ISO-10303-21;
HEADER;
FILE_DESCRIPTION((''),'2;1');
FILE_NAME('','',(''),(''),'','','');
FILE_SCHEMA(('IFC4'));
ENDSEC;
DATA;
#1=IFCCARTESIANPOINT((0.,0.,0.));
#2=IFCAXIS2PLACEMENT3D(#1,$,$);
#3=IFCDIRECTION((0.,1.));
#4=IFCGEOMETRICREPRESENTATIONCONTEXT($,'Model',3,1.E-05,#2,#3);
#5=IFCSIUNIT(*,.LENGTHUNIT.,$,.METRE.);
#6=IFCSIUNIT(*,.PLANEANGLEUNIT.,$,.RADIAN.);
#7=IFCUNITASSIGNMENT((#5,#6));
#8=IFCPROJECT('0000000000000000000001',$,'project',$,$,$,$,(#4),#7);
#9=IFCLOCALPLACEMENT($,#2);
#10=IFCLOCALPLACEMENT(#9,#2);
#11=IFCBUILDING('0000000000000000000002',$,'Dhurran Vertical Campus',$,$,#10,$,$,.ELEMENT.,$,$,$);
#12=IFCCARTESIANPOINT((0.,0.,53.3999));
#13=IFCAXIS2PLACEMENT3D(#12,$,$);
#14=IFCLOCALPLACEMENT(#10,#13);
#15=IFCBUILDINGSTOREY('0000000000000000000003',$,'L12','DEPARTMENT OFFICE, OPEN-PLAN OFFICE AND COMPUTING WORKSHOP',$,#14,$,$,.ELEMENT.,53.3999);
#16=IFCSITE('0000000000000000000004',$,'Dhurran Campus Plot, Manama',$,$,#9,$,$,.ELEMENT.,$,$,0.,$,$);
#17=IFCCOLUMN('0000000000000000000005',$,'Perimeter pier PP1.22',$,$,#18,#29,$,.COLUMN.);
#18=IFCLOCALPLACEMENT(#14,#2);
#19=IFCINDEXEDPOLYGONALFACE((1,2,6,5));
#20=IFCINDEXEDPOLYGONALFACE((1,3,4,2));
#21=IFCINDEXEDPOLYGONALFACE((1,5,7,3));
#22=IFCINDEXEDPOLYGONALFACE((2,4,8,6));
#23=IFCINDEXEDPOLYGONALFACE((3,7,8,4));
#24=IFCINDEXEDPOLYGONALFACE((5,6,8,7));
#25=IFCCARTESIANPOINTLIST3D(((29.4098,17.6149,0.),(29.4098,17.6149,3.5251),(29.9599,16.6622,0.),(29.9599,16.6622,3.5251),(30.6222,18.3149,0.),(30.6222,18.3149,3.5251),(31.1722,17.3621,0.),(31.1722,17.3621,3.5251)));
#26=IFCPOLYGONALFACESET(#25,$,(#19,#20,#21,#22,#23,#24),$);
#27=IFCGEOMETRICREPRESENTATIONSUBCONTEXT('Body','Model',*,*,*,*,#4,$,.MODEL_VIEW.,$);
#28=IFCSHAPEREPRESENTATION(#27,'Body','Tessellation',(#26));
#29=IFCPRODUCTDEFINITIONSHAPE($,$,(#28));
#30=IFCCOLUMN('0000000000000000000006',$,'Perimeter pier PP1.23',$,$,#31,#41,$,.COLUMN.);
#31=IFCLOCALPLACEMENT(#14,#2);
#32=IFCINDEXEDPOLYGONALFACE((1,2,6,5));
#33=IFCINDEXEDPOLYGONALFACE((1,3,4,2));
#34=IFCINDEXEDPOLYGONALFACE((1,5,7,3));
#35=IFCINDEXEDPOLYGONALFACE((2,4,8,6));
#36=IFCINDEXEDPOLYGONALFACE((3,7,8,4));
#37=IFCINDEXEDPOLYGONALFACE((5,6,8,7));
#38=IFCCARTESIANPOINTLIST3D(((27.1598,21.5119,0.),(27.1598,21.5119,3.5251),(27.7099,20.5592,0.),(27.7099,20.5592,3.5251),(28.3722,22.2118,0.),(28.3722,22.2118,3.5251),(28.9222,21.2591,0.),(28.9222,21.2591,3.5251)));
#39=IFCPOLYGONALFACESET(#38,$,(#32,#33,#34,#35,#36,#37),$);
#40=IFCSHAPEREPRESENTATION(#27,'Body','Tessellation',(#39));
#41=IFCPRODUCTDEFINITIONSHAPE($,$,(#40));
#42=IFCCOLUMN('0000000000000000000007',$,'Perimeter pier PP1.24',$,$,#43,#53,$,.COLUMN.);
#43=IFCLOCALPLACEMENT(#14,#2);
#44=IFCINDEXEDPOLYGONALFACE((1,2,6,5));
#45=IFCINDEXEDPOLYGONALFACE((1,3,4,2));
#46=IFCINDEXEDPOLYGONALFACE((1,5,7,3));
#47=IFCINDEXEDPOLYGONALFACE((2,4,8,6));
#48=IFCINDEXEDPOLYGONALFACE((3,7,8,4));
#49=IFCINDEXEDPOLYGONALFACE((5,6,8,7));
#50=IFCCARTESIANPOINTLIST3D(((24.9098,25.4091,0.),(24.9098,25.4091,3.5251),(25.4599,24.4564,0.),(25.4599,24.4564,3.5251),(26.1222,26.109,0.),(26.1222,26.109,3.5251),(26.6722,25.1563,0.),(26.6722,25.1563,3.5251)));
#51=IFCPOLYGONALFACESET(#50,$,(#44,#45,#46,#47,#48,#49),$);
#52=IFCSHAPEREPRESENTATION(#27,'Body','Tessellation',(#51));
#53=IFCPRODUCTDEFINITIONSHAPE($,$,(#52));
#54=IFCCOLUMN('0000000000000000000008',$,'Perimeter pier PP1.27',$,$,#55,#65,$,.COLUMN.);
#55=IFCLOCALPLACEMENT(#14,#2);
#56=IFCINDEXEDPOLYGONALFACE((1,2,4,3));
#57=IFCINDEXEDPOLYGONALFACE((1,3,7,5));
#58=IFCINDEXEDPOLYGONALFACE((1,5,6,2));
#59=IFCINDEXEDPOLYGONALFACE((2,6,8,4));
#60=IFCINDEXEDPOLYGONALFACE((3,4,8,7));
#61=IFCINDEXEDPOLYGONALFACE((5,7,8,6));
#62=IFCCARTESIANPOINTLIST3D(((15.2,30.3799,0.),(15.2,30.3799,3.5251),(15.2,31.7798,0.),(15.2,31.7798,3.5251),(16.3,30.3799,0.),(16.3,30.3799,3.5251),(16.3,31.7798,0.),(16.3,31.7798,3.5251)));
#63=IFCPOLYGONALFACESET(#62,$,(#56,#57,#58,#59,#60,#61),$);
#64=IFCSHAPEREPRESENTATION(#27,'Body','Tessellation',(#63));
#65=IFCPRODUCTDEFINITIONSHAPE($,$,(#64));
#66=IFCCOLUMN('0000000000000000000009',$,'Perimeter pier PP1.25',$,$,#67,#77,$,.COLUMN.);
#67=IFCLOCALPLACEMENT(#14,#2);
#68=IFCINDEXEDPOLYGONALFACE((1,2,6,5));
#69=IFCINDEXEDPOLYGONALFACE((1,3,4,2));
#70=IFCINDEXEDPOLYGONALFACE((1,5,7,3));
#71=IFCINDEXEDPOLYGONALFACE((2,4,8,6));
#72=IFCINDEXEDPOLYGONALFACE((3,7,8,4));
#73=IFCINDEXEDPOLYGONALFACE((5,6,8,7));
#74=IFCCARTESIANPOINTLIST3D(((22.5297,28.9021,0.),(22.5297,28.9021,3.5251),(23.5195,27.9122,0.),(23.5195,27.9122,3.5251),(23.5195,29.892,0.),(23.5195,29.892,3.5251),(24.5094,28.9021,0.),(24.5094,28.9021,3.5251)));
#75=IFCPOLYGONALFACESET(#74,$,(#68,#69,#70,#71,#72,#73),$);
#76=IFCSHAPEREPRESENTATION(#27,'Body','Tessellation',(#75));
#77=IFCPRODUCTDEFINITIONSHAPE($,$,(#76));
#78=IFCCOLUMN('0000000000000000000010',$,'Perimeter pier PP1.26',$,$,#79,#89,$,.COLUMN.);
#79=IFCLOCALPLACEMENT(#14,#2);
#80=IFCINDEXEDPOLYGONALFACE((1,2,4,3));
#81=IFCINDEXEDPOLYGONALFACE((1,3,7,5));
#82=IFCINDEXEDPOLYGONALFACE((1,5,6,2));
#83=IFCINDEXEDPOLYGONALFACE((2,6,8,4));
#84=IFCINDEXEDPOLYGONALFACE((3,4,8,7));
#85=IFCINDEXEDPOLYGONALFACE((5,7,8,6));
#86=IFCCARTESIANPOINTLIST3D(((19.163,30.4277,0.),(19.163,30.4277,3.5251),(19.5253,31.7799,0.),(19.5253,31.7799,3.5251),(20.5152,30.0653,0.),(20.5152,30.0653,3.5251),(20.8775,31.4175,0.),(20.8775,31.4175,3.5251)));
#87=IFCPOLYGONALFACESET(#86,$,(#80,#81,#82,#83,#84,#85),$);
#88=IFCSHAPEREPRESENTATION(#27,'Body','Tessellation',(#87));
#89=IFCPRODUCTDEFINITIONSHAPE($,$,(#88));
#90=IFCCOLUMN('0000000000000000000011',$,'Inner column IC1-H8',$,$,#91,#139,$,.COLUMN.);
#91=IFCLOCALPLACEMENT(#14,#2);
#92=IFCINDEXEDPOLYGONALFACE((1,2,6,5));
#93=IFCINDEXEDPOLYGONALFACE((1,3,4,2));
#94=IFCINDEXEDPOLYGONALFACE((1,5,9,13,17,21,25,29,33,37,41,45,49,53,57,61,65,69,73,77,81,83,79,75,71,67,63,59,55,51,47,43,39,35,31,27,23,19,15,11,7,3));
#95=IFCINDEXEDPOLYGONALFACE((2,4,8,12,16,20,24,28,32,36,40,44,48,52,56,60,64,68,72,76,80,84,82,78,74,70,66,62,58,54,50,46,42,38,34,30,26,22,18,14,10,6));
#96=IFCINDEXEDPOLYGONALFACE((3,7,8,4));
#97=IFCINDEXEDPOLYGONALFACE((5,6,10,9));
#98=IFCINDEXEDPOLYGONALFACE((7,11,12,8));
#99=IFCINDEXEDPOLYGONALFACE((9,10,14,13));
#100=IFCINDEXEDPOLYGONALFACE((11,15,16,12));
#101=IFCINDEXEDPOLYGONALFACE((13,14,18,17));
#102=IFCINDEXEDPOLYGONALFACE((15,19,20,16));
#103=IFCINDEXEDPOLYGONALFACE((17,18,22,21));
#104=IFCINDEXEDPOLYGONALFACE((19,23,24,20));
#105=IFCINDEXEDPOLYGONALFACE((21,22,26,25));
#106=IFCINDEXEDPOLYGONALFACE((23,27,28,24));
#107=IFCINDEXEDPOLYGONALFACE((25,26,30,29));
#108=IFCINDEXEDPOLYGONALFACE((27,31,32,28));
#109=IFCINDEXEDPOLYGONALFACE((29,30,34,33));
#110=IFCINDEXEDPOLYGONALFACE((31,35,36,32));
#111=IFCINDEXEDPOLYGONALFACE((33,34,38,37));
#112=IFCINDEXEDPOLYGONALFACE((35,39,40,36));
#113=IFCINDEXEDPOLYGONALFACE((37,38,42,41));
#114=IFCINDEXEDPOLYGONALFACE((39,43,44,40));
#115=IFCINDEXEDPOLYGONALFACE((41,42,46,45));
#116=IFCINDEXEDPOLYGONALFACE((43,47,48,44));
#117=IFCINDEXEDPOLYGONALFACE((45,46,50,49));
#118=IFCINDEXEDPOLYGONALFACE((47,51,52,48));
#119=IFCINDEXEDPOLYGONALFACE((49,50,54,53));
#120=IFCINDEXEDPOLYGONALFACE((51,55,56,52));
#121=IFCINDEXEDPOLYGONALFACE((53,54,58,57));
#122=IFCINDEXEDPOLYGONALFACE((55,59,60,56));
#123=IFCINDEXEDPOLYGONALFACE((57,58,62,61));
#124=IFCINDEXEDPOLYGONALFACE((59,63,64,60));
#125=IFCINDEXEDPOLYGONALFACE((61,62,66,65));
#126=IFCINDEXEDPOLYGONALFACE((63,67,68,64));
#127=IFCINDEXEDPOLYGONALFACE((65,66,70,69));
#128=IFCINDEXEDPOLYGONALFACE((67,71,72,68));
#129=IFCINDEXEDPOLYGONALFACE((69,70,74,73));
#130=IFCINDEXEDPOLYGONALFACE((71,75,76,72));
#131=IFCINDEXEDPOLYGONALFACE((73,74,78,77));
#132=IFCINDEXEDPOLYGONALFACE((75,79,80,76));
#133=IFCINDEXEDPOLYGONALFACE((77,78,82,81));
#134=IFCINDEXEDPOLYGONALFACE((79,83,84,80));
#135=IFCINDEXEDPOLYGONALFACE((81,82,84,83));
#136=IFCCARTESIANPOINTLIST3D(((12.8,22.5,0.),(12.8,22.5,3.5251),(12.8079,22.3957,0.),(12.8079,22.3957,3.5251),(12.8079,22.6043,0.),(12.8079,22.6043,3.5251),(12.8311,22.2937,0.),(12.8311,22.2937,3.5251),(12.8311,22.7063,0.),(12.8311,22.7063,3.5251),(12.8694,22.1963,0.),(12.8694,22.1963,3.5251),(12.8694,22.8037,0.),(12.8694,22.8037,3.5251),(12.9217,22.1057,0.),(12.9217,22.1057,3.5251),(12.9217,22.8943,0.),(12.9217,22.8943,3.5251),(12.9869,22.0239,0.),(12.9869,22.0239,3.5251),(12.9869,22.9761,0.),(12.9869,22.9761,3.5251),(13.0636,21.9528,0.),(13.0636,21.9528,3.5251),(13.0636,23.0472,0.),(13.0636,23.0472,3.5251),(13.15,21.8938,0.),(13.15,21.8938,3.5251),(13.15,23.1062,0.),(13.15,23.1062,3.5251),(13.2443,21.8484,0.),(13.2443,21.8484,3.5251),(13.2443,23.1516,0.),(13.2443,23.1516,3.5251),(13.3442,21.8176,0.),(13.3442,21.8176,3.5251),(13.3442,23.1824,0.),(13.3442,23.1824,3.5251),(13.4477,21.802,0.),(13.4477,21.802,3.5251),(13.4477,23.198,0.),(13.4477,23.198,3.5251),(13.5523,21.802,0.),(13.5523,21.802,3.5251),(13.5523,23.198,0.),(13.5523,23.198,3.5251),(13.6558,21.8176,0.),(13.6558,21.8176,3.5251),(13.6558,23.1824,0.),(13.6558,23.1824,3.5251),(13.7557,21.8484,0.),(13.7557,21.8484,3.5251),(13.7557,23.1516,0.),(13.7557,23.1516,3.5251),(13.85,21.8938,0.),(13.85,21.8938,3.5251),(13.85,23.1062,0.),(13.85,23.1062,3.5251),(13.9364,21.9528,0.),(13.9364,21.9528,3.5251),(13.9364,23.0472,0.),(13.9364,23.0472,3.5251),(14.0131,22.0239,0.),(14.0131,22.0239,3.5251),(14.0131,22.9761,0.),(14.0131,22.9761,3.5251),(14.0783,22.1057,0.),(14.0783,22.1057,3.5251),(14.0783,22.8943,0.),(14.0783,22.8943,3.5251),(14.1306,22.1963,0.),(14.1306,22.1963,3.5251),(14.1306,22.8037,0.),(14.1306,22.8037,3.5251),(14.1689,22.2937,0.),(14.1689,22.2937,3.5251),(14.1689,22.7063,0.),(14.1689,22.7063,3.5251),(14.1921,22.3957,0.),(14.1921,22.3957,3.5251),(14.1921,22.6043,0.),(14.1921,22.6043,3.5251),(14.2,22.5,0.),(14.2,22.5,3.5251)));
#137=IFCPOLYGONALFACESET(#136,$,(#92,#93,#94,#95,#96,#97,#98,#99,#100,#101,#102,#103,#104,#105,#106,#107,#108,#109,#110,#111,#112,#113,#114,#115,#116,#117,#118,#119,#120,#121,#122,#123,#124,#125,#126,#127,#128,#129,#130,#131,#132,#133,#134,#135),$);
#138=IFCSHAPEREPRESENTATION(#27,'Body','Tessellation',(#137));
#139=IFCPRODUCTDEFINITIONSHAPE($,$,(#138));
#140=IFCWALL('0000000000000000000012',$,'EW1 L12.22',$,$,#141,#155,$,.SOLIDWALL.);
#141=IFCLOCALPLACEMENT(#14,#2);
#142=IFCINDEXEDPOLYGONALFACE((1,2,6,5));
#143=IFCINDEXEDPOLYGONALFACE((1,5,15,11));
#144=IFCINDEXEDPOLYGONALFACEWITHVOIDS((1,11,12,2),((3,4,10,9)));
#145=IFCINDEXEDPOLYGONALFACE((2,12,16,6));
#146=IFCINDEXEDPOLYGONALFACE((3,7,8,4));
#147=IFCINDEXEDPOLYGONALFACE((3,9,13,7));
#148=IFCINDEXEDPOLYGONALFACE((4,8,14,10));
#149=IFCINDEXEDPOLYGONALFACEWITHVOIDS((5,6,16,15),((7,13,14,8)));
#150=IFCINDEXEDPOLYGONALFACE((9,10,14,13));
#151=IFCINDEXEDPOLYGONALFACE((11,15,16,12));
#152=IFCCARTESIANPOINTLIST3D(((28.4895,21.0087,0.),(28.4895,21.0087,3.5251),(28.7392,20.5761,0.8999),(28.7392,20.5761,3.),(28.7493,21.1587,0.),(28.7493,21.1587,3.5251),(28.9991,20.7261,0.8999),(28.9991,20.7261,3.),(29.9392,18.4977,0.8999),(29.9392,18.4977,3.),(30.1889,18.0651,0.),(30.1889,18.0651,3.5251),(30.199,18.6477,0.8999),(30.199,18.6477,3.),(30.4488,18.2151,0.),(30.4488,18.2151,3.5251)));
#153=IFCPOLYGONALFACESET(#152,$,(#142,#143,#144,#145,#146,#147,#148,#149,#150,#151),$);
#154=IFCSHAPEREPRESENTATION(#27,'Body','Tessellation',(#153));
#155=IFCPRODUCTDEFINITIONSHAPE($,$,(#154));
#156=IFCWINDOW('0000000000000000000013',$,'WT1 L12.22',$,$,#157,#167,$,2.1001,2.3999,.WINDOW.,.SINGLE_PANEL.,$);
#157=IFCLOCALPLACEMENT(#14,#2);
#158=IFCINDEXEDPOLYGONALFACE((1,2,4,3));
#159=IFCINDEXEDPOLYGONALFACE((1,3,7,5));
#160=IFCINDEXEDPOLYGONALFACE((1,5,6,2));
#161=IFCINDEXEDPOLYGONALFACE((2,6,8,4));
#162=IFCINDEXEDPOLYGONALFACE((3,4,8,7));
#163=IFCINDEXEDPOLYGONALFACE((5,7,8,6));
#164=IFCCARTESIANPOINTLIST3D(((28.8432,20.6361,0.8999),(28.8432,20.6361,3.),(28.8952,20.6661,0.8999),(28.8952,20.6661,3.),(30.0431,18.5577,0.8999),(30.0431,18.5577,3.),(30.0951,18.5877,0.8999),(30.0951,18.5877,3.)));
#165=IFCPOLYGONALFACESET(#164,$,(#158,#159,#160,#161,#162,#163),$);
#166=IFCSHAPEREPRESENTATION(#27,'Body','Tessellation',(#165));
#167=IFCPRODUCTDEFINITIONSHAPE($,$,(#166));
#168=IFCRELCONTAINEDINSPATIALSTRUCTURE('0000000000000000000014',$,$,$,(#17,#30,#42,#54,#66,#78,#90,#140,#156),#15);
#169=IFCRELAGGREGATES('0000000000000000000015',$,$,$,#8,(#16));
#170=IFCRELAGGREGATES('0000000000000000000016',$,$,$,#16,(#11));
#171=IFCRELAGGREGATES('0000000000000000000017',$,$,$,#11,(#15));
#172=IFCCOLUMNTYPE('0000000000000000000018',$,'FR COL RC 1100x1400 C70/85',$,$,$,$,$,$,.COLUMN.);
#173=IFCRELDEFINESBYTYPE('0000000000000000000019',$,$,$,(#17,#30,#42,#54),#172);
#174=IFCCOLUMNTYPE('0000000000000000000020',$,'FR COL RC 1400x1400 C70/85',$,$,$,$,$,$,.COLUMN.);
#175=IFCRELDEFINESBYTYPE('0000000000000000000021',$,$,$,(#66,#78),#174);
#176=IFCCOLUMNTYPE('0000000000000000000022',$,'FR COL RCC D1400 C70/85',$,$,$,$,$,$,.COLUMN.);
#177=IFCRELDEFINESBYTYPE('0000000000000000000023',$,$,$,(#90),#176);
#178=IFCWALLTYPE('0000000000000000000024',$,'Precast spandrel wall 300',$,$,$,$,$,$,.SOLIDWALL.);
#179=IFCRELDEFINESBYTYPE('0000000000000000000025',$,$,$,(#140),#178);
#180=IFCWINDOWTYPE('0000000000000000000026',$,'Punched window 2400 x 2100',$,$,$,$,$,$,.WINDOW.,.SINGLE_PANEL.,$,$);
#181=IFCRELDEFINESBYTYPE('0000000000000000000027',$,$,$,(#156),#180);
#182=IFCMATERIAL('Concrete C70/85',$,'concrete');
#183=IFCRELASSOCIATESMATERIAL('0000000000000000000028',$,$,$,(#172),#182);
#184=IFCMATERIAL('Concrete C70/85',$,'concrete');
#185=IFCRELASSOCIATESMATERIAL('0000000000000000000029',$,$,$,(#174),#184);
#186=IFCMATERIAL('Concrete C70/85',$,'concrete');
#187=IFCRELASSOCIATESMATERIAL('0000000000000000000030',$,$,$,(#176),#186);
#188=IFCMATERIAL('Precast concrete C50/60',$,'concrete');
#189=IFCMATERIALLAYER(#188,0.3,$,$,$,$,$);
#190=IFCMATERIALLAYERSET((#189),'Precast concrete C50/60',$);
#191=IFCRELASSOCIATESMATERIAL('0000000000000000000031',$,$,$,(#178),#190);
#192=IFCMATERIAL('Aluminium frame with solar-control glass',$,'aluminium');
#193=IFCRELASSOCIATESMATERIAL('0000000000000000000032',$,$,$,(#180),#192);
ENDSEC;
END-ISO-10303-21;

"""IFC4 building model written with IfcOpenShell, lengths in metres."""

from ifc_helpers import new_model, si_unit, direction, frame, frame_2d, origin, origin_2d, place, context, subcontext, project, spatial, rectangle, circle, extrude, material, layer, layer_set, material_profile, profile_set, type_object, element, fill, save


model = new_model("IFC4")

# Units and contexts
model_context = context("Model", 3, precision=1e-05, world=origin(), true_north=direction((0.0, 1.0)))
body_context = subcontext(model_context, "Body", "Model", "MODEL_VIEW")
ifc_project = project(units=[si_unit("LENGTHUNIT", "METRE"), si_unit("PLANEANGLEUNIT", "RADIAN")], contexts=[model_context])

# Site, building, storey
site_placement = place(None, origin())
site = spatial("IfcSite", under=ifc_project, at=site_placement, Name="Dhurran Campus Plot, Manama", CompositionType="ELEMENT", RefElevation=0.0)
building_placement = place(site_placement, origin())
building = spatial("IfcBuilding", under=site, at=building_placement, Name="Dhurran Vertical Campus", CompositionType="ELEMENT")
storey_placement = place(building_placement, frame((0.0, 0.0, 53.3999)))
storey = spatial("IfcBuildingStorey", under=building, at=storey_placement, Name="L12", Description="DEPARTMENT OFFICE, OPEN-PLAN OFFICE AND COMPUTING WORKSHOP", CompositionType="ELEMENT", Elevation=53.3999)

# Columns
ifc_material_1 = material(Name="Concrete C70/85", Category="concrete")
ifc_material_profile_1 = material_profile(ifc_material_1, rectangle(XDim=1.1001, YDim=1.3999, at=origin_2d()), Name="RC 1100x1400")
ifc_profile_set_1 = profile_set([ifc_material_profile_1], Name="Concrete C70/85")
column_type_1 = type_object("IfcColumnType", Name="FR COL RC 1100x1400 C70/85", PredefinedType="COLUMN", material=ifc_profile_set_1)
for number, where, z_axis, x_axis, name in (
    (1, (30.291, 17.4885, 0.0), (0.0, 0.0, 1.0), (-0.5, 0.866025, 0.0), "Perimeter pier PP1.22"),
    (2, (28.041, 21.3855, 0.0), (0.0, 0.0, 1.0), (-0.5, 0.866025, 0.0), "Perimeter pier PP1.23"),
    (3, (25.791, 25.2827, 0.0), (0.0, 0.0, 1.0), (-0.5, 0.866025, 0.0), "Perimeter pier PP1.24"),
    (4, (15.75, 31.0798, 0.0), (0.0, 0.0, 1.0), (-1.0, 0.0, 0.0), "Perimeter pier PP1.27"),
):
    element("IfcColumn", number, at=place(storey_placement, frame(where, z_axis=z_axis, x_axis=x_axis)), inside=storey, type_object=column_type_1, Name=name, PredefinedType="COLUMN", context=body_context, shape_type="SweptSolid", body=[
        extrude(rectangle(XDim=1.1001, YDim=1.3999, at=origin_2d()), origin(), (0.0, 0.0, 1.0), 3.5251),
    ])
ifc_material_2 = material(Name="Concrete C70/85", Category="concrete")
ifc_material_profile_2 = material_profile(ifc_material_2, rectangle(XDim=1.3999, YDim=1.3999, at=origin_2d()), Name="RC 1400x1400")
ifc_profile_set_2 = profile_set([ifc_material_profile_2], Name="Concrete C70/85")
column_type_2 = type_object("IfcColumnType", Name="FR COL RC 1400x1400 C70/85", PredefinedType="COLUMN", material=ifc_profile_set_2)
for number, where, z_axis, x_axis, name in (
    (5, (23.5195, 28.9021, 0.0), (0.0, 0.0, 1.0), (-0.707107, 0.707107, 0.0), "Perimeter pier PP1.25"),
    (6, (20.0203, 30.9226, 0.0), (0.0, 0.0, 1.0), (-0.965926, 0.258819, 0.0), "Perimeter pier PP1.26"),
):
    element("IfcColumn", number, at=place(storey_placement, frame(where, z_axis=z_axis, x_axis=x_axis)), inside=storey, type_object=column_type_2, Name=name, PredefinedType="COLUMN", context=body_context, shape_type="SweptSolid", body=[
        extrude(rectangle(XDim=1.3999, YDim=1.3999, at=origin_2d()), origin(), (0.0, 0.0, 1.0), 3.5251),
    ])
ifc_material_3 = material(Name="Concrete C70/85", Category="concrete")
ifc_material_profile_3 = material_profile(ifc_material_3, circle(Radius=0.7, at=origin_2d()), Name="RCC D1400")
ifc_profile_set_3 = profile_set([ifc_material_profile_3], Name="Concrete C70/85")
column_type_3 = type_object("IfcColumnType", Name="FR COL RCC D1400 C70/85", PredefinedType="COLUMN", material=ifc_profile_set_3)
column_placement = place(storey_placement, frame((13.5, 22.5, 0.0), z_axis=(0.0, 0.0, 1.0), x_axis=(1.0, 0.0, 0.0)))
element("IfcColumn", 7, at=column_placement, inside=storey, type_object=column_type_3, Name="Inner column IC1-H8", PredefinedType="COLUMN", context=body_context, shape_type="SweptSolid", body=[
    extrude(circle(Radius=0.7, at=origin_2d()), origin(), (0.0, 0.0, 1.0), 3.5251),
])

# Wall, opening, window
ifc_material_4 = material(Name="Precast concrete C50/60", Category="concrete")
ifc_layer_1 = layer(ifc_material_4, 0.3)
ifc_layer_set_1 = layer_set([ifc_layer_1], Name="Precast concrete C50/60")
wall_type_1 = type_object("IfcWallType", Name="Precast spandrel wall 300", PredefinedType="SOLIDWALL", material=ifc_layer_set_1)
wall_1_placement = place(storey_placement, frame((30.3188, 18.1401, 0.0), z_axis=(0.0, 0.0, 1.0), x_axis=(-0.499994, 0.866029, 0.0)))
wall_1 = element("IfcWall", 8, at=wall_1_placement, inside=storey, type_object=wall_type_1, Name="EW1 L12.22", PredefinedType="SOLIDWALL", context=body_context, shape_type="SweptSolid", body=[
    extrude(rectangle(XDim=3.3989, YDim=0.3, at=frame_2d((1.6995, 0.0))), origin(), (0.0, 0.0, 1.0), 3.5251),
])
opening_1_placement = place(wall_1_placement, frame((0.4995, 0.0, 0.8999)))
opening_1 = element("IfcOpeningElement", 9, at=opening_1_placement, cuts=wall_1, PredefinedType="OPENING", context=body_context, shape_type="SweptSolid", body=[
    extrude(rectangle(XDim=2.3999, YDim=2.1001, at=frame_2d((1.2, 1.05))), frame((0.0, 0.1599, 0.0), z_axis=(0.0, -1.0, 0.0), x_axis=(1.0, 0.0, 0.0)), (0.0, 0.0, 1.0), 0.3201),
])
ifc_material_5 = material(Name="Aluminium frame with solar-control glass", Category="aluminium")
window_type = type_object("IfcWindowType", Name="Punched window 2400 x 2100", PartitioningType="SINGLE_PANEL", PredefinedType="WINDOW", material=ifc_material_5)
window_1_placement = place(opening_1_placement, origin())
window_1 = element("IfcWindow", 10, at=window_1_placement, inside=storey, type_object=window_type, Name="WT1 L12.22", OverallHeight=2.1001, OverallWidth=2.3999, PartitioningType="SINGLE_PANEL", PredefinedType="WINDOW", context=body_context, shape_type="SweptSolid", body=[
    extrude(rectangle(XDim=2.3999, YDim=2.1001, at=frame_2d((1.2, 1.05))), frame((0.0, 0.03, 0.0), z_axis=(0.0, -1.0, 0.0), x_axis=(1.0, 0.0, 0.0)), (0.0, 0.0, 1.0), 0.0601),
])
fill(opening_1, window_1)

save(model, "model.ifc")
